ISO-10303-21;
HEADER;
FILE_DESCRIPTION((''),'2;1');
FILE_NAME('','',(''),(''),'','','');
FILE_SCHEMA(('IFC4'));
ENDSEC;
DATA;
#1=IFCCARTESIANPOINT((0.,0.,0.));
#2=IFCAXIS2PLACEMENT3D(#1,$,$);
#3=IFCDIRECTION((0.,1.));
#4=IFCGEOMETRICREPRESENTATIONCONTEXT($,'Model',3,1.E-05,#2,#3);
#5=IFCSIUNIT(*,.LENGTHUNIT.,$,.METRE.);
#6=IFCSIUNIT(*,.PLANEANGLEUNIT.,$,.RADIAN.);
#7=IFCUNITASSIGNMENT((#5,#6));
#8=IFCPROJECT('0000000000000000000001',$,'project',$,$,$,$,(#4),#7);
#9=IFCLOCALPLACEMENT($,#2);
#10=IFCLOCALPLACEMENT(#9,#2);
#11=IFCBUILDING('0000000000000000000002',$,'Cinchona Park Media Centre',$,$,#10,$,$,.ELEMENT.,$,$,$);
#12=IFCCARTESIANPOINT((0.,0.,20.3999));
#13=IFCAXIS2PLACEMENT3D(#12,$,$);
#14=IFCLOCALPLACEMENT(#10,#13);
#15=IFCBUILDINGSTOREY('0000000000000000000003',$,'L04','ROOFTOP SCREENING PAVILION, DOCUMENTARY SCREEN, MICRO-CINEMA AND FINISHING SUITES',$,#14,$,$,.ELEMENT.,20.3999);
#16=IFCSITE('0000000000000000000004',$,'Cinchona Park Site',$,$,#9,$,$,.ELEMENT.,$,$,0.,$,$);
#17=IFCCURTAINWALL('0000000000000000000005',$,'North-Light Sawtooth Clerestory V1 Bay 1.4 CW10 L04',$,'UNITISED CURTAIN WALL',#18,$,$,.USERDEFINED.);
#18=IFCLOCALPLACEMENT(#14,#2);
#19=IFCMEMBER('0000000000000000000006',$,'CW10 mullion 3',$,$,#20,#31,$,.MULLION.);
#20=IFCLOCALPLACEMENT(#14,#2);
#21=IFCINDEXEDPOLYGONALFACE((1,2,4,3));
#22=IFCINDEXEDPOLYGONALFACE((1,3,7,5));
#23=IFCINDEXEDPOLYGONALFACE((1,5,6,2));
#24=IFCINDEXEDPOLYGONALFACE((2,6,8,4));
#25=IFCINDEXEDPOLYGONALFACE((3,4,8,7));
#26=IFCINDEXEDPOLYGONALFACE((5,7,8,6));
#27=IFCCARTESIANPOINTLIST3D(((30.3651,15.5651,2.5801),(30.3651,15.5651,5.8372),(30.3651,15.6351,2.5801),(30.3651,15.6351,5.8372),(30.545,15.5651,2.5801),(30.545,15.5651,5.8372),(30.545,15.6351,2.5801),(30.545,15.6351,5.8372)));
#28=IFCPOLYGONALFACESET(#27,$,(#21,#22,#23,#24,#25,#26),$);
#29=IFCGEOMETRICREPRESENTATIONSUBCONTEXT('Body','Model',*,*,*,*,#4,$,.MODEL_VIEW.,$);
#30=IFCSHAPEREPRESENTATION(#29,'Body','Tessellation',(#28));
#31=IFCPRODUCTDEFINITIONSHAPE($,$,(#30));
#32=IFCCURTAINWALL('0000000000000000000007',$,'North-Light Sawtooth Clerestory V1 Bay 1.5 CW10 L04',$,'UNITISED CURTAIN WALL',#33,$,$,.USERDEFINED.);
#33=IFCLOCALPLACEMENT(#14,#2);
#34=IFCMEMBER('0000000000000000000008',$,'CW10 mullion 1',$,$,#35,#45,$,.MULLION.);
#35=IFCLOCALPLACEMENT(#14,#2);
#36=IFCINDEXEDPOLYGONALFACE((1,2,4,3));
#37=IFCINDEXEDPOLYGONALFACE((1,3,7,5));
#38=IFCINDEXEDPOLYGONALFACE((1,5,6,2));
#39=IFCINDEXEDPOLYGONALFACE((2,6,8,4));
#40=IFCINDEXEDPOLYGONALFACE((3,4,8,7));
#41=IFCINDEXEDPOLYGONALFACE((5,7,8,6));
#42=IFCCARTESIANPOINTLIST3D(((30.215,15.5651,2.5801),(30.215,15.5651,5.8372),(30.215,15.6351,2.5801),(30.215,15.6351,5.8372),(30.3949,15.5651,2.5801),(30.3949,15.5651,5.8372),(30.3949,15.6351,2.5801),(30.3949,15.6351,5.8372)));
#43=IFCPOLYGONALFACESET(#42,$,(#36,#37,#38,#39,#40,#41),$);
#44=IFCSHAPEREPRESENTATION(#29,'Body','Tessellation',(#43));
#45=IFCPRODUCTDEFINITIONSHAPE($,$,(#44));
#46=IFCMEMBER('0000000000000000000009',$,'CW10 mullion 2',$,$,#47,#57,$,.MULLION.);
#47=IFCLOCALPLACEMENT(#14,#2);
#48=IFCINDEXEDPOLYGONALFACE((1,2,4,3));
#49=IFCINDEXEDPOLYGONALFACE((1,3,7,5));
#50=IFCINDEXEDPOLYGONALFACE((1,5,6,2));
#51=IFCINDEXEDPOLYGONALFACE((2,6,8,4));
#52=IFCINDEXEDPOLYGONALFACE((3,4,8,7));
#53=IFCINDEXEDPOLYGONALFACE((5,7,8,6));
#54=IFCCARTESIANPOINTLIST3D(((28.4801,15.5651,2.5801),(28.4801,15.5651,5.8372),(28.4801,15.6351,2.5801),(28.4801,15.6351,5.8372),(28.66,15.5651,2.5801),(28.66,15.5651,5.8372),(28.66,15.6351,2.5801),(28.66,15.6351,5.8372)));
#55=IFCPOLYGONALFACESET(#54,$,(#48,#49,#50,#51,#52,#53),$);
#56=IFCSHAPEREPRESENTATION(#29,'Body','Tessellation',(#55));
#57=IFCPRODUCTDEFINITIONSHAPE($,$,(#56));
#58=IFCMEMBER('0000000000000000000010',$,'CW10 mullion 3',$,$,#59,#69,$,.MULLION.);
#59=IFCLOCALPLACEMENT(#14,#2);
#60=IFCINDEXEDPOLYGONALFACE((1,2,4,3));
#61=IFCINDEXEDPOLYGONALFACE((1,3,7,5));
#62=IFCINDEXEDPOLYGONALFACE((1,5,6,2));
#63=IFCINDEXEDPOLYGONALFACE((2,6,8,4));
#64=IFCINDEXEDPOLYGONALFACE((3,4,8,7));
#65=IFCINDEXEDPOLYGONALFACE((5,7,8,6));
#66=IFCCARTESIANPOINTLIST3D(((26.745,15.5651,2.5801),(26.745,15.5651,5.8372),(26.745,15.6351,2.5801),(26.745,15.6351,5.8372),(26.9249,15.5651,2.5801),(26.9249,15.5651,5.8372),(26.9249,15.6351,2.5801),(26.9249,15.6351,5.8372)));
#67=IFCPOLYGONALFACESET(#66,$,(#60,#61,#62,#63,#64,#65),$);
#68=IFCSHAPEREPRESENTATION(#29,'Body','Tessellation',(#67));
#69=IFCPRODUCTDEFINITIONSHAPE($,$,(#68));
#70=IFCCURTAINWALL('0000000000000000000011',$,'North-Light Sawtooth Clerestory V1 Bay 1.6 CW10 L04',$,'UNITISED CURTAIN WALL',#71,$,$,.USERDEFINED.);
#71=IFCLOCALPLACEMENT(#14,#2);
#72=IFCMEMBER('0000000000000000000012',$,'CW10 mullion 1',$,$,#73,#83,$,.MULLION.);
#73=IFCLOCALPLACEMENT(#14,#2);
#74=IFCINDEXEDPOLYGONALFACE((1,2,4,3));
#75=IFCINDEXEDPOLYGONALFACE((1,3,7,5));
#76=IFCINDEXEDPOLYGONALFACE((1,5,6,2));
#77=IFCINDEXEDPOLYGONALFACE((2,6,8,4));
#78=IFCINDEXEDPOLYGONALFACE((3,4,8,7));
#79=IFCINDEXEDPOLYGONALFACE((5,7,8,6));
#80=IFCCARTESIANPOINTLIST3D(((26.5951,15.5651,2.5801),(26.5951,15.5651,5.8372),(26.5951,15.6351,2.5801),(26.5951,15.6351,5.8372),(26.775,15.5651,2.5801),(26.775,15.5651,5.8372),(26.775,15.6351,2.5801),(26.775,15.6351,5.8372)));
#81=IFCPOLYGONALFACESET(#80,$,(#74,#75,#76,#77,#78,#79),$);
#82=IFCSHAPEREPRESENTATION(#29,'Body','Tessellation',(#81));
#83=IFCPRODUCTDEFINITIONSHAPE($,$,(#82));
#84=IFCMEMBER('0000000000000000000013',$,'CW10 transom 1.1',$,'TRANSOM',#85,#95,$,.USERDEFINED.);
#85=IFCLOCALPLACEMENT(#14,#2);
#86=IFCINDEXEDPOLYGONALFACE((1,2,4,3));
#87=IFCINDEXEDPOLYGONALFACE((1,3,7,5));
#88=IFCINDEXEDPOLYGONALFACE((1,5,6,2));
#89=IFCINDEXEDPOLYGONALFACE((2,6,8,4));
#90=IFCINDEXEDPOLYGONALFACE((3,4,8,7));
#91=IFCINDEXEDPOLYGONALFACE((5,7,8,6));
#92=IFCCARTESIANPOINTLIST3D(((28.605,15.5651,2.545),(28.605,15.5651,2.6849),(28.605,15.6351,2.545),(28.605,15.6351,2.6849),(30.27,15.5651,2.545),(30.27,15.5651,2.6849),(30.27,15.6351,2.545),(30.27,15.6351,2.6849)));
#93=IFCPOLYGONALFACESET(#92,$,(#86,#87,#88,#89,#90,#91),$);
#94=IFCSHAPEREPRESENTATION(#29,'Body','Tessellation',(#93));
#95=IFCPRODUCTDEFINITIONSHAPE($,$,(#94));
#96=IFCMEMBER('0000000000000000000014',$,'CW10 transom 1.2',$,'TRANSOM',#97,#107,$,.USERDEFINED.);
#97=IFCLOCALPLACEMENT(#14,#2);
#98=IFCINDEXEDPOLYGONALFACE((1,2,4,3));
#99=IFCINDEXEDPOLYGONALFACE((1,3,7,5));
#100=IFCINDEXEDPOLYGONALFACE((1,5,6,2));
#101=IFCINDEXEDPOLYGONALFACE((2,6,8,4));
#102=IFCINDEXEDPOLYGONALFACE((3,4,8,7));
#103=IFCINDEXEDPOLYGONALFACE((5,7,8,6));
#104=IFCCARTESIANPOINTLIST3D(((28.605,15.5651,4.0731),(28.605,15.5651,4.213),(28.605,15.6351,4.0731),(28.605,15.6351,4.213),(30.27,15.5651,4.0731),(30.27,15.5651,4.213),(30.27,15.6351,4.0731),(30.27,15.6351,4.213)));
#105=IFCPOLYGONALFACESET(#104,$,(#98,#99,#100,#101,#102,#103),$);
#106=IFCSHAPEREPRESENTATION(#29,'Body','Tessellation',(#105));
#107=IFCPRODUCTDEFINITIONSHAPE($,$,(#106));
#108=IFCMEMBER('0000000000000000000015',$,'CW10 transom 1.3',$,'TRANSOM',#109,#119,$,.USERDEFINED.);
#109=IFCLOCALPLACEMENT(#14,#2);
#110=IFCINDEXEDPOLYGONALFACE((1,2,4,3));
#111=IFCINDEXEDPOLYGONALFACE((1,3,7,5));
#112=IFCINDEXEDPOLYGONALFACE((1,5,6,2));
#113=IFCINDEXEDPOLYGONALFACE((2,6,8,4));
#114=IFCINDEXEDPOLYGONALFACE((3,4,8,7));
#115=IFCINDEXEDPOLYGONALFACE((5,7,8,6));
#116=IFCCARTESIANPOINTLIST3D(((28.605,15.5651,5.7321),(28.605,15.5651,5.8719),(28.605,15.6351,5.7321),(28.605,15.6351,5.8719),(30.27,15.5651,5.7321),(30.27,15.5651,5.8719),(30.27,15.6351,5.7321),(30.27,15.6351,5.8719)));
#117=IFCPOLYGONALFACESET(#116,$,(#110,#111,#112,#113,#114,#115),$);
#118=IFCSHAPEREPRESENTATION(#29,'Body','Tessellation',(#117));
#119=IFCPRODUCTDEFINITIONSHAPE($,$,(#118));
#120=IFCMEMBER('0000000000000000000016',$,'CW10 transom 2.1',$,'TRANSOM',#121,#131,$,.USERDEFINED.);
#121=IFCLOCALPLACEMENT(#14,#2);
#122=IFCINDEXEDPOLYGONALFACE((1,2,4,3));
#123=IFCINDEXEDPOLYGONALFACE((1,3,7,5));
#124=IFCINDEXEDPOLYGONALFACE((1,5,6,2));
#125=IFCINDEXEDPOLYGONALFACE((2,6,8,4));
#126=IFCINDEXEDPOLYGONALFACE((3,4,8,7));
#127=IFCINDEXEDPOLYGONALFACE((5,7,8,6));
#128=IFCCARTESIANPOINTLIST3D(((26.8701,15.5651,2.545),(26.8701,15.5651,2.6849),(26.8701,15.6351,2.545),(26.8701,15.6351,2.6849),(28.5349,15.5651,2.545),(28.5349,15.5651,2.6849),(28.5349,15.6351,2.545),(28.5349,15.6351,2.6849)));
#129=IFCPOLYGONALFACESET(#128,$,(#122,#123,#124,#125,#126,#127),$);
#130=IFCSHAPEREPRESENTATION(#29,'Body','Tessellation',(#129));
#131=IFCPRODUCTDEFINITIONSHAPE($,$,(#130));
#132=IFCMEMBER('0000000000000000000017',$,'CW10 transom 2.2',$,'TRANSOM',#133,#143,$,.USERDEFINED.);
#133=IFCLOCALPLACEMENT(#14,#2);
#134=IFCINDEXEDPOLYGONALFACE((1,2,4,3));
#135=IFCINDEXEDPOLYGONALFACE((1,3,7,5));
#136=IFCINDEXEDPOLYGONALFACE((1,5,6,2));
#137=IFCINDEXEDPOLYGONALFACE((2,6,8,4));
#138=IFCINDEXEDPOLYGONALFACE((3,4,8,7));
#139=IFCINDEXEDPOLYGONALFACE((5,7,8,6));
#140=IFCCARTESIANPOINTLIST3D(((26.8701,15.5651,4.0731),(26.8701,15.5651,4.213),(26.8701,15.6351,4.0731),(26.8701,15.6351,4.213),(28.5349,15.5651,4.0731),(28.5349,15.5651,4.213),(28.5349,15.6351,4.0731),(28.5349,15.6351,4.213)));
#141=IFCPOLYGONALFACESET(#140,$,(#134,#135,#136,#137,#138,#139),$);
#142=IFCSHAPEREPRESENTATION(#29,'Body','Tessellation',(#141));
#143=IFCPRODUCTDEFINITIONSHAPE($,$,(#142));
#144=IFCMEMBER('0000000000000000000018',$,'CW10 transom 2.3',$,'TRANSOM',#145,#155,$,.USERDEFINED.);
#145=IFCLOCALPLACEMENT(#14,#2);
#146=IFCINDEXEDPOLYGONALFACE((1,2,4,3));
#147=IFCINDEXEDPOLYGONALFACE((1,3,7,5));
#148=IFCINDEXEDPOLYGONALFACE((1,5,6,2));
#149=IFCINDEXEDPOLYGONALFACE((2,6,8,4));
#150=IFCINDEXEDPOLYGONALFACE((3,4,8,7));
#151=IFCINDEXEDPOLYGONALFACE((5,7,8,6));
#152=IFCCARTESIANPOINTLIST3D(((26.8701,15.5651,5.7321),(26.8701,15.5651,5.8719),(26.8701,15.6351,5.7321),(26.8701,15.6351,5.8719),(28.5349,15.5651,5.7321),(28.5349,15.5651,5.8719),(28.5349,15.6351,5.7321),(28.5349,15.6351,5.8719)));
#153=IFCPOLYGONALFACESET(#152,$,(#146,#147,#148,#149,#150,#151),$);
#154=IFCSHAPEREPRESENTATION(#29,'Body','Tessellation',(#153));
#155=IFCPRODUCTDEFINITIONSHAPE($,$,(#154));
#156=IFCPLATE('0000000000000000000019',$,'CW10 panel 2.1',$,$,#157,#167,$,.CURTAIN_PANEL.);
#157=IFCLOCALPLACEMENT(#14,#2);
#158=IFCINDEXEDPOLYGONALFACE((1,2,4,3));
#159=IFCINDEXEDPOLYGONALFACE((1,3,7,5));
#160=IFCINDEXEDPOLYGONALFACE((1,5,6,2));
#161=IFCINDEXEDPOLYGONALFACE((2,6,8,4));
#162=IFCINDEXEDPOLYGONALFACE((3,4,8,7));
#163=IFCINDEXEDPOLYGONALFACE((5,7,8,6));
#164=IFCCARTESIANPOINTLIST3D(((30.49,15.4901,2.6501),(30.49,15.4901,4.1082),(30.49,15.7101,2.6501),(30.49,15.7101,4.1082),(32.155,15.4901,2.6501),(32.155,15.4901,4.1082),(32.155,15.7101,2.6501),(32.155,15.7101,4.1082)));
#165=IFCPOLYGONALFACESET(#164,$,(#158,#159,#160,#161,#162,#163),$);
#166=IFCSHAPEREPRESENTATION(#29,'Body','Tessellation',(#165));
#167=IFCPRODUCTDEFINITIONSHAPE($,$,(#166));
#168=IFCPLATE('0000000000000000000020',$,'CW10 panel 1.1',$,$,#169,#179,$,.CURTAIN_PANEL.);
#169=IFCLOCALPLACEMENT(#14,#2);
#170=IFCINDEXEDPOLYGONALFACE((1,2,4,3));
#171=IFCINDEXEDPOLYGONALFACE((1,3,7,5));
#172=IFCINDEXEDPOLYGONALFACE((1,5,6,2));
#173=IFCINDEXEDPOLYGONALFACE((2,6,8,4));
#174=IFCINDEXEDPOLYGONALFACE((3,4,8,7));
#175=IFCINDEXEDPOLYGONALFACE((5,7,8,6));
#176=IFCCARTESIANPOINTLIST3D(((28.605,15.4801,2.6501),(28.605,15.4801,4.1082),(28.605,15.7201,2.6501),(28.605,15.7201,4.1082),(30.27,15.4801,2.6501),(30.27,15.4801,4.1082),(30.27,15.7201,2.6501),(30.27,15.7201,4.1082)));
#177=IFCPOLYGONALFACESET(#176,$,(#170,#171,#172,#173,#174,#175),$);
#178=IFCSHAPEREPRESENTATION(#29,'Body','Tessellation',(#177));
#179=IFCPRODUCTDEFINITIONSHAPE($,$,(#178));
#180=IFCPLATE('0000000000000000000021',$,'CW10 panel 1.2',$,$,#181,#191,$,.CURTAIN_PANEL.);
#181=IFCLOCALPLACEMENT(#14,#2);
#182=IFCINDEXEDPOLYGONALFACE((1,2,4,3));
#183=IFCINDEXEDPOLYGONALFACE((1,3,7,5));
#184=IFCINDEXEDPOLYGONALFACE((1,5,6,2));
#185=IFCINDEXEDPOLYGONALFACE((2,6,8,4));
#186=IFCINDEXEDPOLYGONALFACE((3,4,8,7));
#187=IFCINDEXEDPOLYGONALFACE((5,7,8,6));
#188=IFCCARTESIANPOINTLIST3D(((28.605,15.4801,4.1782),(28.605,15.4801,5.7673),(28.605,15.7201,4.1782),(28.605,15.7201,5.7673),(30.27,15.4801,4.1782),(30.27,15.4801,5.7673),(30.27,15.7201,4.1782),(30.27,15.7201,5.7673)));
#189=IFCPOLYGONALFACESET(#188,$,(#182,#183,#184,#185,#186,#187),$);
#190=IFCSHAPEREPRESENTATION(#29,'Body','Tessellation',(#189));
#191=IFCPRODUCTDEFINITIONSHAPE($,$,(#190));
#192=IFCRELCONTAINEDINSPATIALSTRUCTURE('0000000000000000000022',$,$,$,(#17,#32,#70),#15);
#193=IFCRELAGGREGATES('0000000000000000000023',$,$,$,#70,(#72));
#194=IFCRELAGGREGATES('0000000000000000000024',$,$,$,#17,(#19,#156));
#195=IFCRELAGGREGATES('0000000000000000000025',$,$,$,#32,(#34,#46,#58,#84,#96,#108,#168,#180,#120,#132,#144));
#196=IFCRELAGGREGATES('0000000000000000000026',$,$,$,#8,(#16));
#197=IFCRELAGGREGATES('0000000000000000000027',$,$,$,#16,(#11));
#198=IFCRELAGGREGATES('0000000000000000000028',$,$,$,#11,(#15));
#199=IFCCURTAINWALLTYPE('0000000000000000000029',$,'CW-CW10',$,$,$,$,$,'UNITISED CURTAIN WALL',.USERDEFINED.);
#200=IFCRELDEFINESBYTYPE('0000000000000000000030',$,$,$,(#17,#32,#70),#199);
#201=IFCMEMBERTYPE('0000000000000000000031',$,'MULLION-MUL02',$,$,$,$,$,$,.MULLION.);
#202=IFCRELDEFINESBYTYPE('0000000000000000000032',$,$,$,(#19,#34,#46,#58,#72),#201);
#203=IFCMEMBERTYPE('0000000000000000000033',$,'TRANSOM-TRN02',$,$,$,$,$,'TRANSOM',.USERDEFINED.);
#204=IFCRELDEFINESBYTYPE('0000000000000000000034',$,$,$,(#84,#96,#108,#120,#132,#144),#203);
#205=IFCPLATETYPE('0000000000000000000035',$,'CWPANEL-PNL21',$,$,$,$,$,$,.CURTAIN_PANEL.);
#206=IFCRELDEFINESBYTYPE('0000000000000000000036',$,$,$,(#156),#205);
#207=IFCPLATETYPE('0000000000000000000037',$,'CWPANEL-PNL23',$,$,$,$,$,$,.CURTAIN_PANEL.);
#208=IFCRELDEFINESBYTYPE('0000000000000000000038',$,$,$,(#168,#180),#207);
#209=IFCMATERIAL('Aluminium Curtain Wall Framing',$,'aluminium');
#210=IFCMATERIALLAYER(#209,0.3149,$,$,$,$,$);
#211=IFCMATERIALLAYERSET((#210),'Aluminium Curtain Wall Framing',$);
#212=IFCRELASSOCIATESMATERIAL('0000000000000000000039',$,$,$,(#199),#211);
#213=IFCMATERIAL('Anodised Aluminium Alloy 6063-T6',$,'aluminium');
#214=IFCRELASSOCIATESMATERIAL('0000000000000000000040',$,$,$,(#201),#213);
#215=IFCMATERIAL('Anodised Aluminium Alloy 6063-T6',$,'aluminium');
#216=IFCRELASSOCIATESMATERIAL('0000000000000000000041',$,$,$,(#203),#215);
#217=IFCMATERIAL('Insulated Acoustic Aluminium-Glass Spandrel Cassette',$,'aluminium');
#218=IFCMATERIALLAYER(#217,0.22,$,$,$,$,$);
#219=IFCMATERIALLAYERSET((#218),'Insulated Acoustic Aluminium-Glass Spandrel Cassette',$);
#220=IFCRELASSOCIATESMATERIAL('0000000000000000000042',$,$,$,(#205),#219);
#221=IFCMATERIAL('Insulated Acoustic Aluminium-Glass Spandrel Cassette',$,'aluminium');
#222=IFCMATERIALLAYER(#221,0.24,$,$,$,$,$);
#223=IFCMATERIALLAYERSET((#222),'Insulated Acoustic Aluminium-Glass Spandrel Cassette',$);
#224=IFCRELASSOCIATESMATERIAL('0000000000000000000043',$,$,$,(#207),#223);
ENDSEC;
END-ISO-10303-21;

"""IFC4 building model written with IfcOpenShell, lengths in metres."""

from ifc_helpers import new_model, si_unit, direction, frame, origin, origin_2d, place, context, subcontext, project, spatial, rectangle, extrude, material, layer, layer_set, material_profile, profile_set, type_object, element, aggregate, save


model = new_model("IFC4")

# Units and contexts
model_context = context("Model", 3, precision=1e-05, world=origin(), true_north=direction((0.0, 1.0)))
body_context = subcontext(model_context, "Body", "Model", "MODEL_VIEW")
ifc_project = project(units=[si_unit("LENGTHUNIT", "METRE"), si_unit("PLANEANGLEUNIT", "RADIAN")], contexts=[model_context])

# Site, building, storey
site_placement = place(None, origin())
site = spatial("IfcSite", under=ifc_project, at=site_placement, Name="Cinchona Park Site", CompositionType="ELEMENT", RefElevation=0.0)
building_placement = place(site_placement, origin())
building = spatial("IfcBuilding", under=site, at=building_placement, Name="Cinchona Park Media Centre", CompositionType="ELEMENT")
storey_placement = place(building_placement, frame((0.0, 0.0, 20.3999)))
storey = spatial("IfcBuildingStorey", under=building, at=storey_placement, Name="L04", Description="ROOFTOP SCREENING PAVILION, DOCUMENTARY SCREEN, MICRO-CINEMA AND FINISHING SUITES", CompositionType="ELEMENT", Elevation=20.3999)

# Curtain wall, member
ifc_material_1 = material(Name="Aluminium Curtain Wall Framing", Category="aluminium")
ifc_layer_1 = layer(ifc_material_1, 0.3149)
ifc_layer_set_1 = layer_set([ifc_layer_1], Name="Aluminium Curtain Wall Framing")
curtain_wall_type = type_object("IfcCurtainWallType", Name="CW-CW10", ElementType="UNITISED CURTAIN WALL", PredefinedType="USERDEFINED", material=ifc_layer_set_1)
curtain_wall_1_placement = place(storey_placement, origin())
curtain_wall_1 = element("IfcCurtainWall", 1, at=curtain_wall_1_placement, inside=storey, type_object=curtain_wall_type, Name="North-Light Sawtooth Clerestory V1 Bay 1.4 CW10 L04", ObjectType="UNITISED CURTAIN WALL", PredefinedType="USERDEFINED")
ifc_material_2 = material(Name="Anodised Aluminium Alloy 6063-T6", Category="aluminium")
ifc_material_profile_1 = material_profile(ifc_material_2, rectangle(XDim=0.0701, YDim=0.1799, at=origin_2d()), Name="MUL-70X180")
ifc_profile_set_1 = profile_set([ifc_material_profile_1], Name="Anodised Aluminium Alloy 6063-T6")
member_type_1 = type_object("IfcMemberType", Name="MULLION-MUL02", PredefinedType="MULLION", material=ifc_profile_set_1)
member_1_placement = place(storey_placement, frame((30.4551, 15.6001, 2.5801), z_axis=(0.0, 0.0, 1.0), x_axis=(0.0, -1.0, 0.0)))
member_1 = element("IfcMember", 2, at=member_1_placement, type_object=member_type_1, Name="CW10 mullion 3", PredefinedType="MULLION", context=body_context, shape_type="SweptSolid", body=[
    extrude(rectangle(XDim=0.0701, YDim=0.1799, at=origin_2d()), origin(), (0.0, 0.0, 1.0), 3.2571),
])

# Curtain wall, members
curtain_wall_2_placement = place(storey_placement, origin())
curtain_wall_2 = element("IfcCurtainWall", 3, at=curtain_wall_2_placement, inside=storey, type_object=curtain_wall_type, Name="North-Light Sawtooth Clerestory V1 Bay 1.5 CW10 L04", ObjectType="UNITISED CURTAIN WALL", PredefinedType="USERDEFINED")
member_2_placement = place(storey_placement, frame((30.3049, 15.6001, 2.5801), z_axis=(0.0, 0.0, 1.0), x_axis=(0.0, -1.0, 0.0)))
member_2 = element("IfcMember", 4, at=member_2_placement, type_object=member_type_1, Name="CW10 mullion 1", PredefinedType="MULLION", context=body_context, shape_type="SweptSolid", body=[
    extrude(rectangle(XDim=0.0701, YDim=0.1799, at=origin_2d()), origin(), (0.0, 0.0, 1.0), 3.2571),
])
member_3_placement = place(storey_placement, frame((28.5701, 15.6001, 2.5801), z_axis=(0.0, 0.0, 1.0), x_axis=(0.0, -1.0, 0.0)))
member_3 = element("IfcMember", 5, at=member_3_placement, type_object=member_type_1, Name="CW10 mullion 2", PredefinedType="MULLION", context=body_context, shape_type="SweptSolid", body=[
    extrude(rectangle(XDim=0.0701, YDim=0.1799, at=origin_2d()), origin(), (0.0, 0.0, 1.0), 3.2571),
])
member_4_placement = place(storey_placement, frame((26.835, 15.6001, 2.5801), z_axis=(0.0, 0.0, 1.0), x_axis=(0.0, -1.0, 0.0)))
member_4 = element("IfcMember", 6, at=member_4_placement, type_object=member_type_1, Name="CW10 mullion 3", PredefinedType="MULLION", context=body_context, shape_type="SweptSolid", body=[
    extrude(rectangle(XDim=0.0701, YDim=0.1799, at=origin_2d()), origin(), (0.0, 0.0, 1.0), 3.2571),
])

# Curtain wall, member
curtain_wall_3_placement = place(storey_placement, origin())
curtain_wall_3 = element("IfcCurtainWall", 7, at=curtain_wall_3_placement, inside=storey, type_object=curtain_wall_type, Name="North-Light Sawtooth Clerestory V1 Bay 1.6 CW10 L04", ObjectType="UNITISED CURTAIN WALL", PredefinedType="USERDEFINED")
member_5_placement = place(storey_placement, frame((26.6851, 15.6001, 2.5801), z_axis=(0.0, 0.0, 1.0), x_axis=(0.0, -1.0, 0.0)))
member_5 = element("IfcMember", 8, at=member_5_placement, type_object=member_type_1, Name="CW10 mullion 1", PredefinedType="MULLION", context=body_context, shape_type="SweptSolid", body=[
    extrude(rectangle(XDim=0.0701, YDim=0.1799, at=origin_2d()), origin(), (0.0, 0.0, 1.0), 3.2571),
])
aggregate(curtain_wall_3, [member_5])

# Members
ifc_material_3 = material(Name="Anodised Aluminium Alloy 6063-T6", Category="aluminium")
ifc_material_profile_2 = material_profile(ifc_material_3, rectangle(XDim=0.0701, YDim=0.1399, at=origin_2d()), Name="TRN-70X140")
ifc_profile_set_2 = profile_set([ifc_material_profile_2], Name="Anodised Aluminium Alloy 6063-T6")
member_type_2 = type_object("IfcMemberType", Name="TRANSOM-TRN02", ElementType="TRANSOM", PredefinedType="USERDEFINED", material=ifc_profile_set_2)
member_6_placement = place(storey_placement, frame((30.27, 15.6001, 2.615), z_axis=(-1.0, 0.0, 0.0), x_axis=(0.0, -1.0, 0.0)))
member_6 = element("IfcMember", 9, at=member_6_placement, type_object=member_type_2, Name="CW10 transom 1.1", ObjectType="TRANSOM", PredefinedType="USERDEFINED", context=body_context, shape_type="SweptSolid", body=[
    extrude(rectangle(XDim=0.0701, YDim=0.1399, at=origin_2d()), origin(), (0.0, 0.0, 1.0), 1.665),
])
member_7_placement = place(storey_placement, frame((30.27, 15.6001, 4.1431), z_axis=(-1.0, 0.0, 0.0), x_axis=(0.0, -1.0, 0.0)))
member_7 = element("IfcMember", 10, at=member_7_placement, type_object=member_type_2, Name="CW10 transom 1.2", ObjectType="TRANSOM", PredefinedType="USERDEFINED", context=body_context, shape_type="SweptSolid", body=[
    extrude(rectangle(XDim=0.0701, YDim=0.1399, at=origin_2d()), origin(), (0.0, 0.0, 1.0), 1.665),
])
member_8_placement = place(storey_placement, frame((30.27, 15.6001, 5.802), z_axis=(-1.0, 0.0, 0.0), x_axis=(0.0, -1.0, 0.0)))
member_8 = element("IfcMember", 11, at=member_8_placement, type_object=member_type_2, Name="CW10 transom 1.3", ObjectType="TRANSOM", PredefinedType="USERDEFINED", context=body_context, shape_type="SweptSolid", body=[
    extrude(rectangle(XDim=0.0701, YDim=0.1399, at=origin_2d()), origin(), (0.0, 0.0, 1.0), 1.665),
])
member_9_placement = place(storey_placement, frame((28.5349, 15.6001, 2.615), z_axis=(-1.0, 0.0, 0.0), x_axis=(0.0, -1.0, 0.0)))
member_9 = element("IfcMember", 12, at=member_9_placement, type_object=member_type_2, Name="CW10 transom 2.1", ObjectType="TRANSOM", PredefinedType="USERDEFINED", context=body_context, shape_type="SweptSolid", body=[
    extrude(rectangle(XDim=0.0701, YDim=0.1399, at=origin_2d()), origin(), (0.0, 0.0, 1.0), 1.6648),
])
member_10_placement = place(storey_placement, frame((28.5349, 15.6001, 4.1431), z_axis=(-1.0, 0.0, 0.0), x_axis=(0.0, -1.0, 0.0)))
member_10 = element("IfcMember", 13, at=member_10_placement, type_object=member_type_2, Name="CW10 transom 2.2", ObjectType="TRANSOM", PredefinedType="USERDEFINED", context=body_context, shape_type="SweptSolid", body=[
    extrude(rectangle(XDim=0.0701, YDim=0.1399, at=origin_2d()), origin(), (0.0, 0.0, 1.0), 1.6648),
])
member_11_placement = place(storey_placement, frame((28.5349, 15.6001, 5.802), z_axis=(-1.0, 0.0, 0.0), x_axis=(0.0, -1.0, 0.0)))
member_11 = element("IfcMember", 14, at=member_11_placement, type_object=member_type_2, Name="CW10 transom 2.3", ObjectType="TRANSOM", PredefinedType="USERDEFINED", context=body_context, shape_type="SweptSolid", body=[
    extrude(rectangle(XDim=0.0701, YDim=0.1399, at=origin_2d()), origin(), (0.0, 0.0, 1.0), 1.6648),
])

# Plates
ifc_material_4 = material(Name="Insulated Acoustic Aluminium-Glass Spandrel Cassette", Category="aluminium")
ifc_layer_2 = layer(ifc_material_4, 0.22)
ifc_layer_set_2 = layer_set([ifc_layer_2], Name="Insulated Acoustic Aluminium-Glass Spandrel Cassette")
plate_type_1 = type_object("IfcPlateType", Name="CWPANEL-PNL21", PredefinedType="CURTAIN_PANEL", material=ifc_layer_set_2)
plate_1_placement = place(storey_placement, frame((31.3225, 15.6001, 2.6501), z_axis=(0.0, 0.0, 1.0), x_axis=(-1.0, 0.0, 0.0)))
plate_1 = element("IfcPlate", 15, at=plate_1_placement, type_object=plate_type_1, Name="CW10 panel 2.1", PredefinedType="CURTAIN_PANEL", context=body_context, shape_type="SweptSolid", body=[
    extrude(rectangle(XDim=1.665, YDim=0.22, at=origin_2d()), origin(), (0.0, 0.0, 1.0), 1.458),
])
aggregate(curtain_wall_1, [member_1, plate_1])
ifc_material_5 = material(Name="Insulated Acoustic Aluminium-Glass Spandrel Cassette", Category="aluminium")
ifc_layer_3 = layer(ifc_material_5, 0.24)
ifc_layer_set_3 = layer_set([ifc_layer_3], Name="Insulated Acoustic Aluminium-Glass Spandrel Cassette")
plate_type_2 = type_object("IfcPlateType", Name="CWPANEL-PNL23", PredefinedType="CURTAIN_PANEL", material=ifc_layer_set_3)
plate_2_placement = place(storey_placement, frame((29.4375, 15.6001, 2.6501), z_axis=(0.0, 0.0, 1.0), x_axis=(-1.0, 0.0, 0.0)))
plate_2 = element("IfcPlate", 16, at=plate_2_placement, type_object=plate_type_2, Name="CW10 panel 1.1", PredefinedType="CURTAIN_PANEL", context=body_context, shape_type="SweptSolid", body=[
    extrude(rectangle(XDim=1.665, YDim=0.24, at=origin_2d()), origin(), (0.0, 0.0, 1.0), 1.458),
])
plate_3_placement = place(storey_placement, frame((29.4375, 15.6001, 4.1782), z_axis=(0.0, 0.0, 1.0), x_axis=(-1.0, 0.0, 0.0)))
plate_3 = element("IfcPlate", 17, at=plate_3_placement, type_object=plate_type_2, Name="CW10 panel 1.2", PredefinedType="CURTAIN_PANEL", context=body_context, shape_type="SweptSolid", body=[
    extrude(rectangle(XDim=1.665, YDim=0.24, at=origin_2d()), origin(), (0.0, 0.0, 1.0), 1.5891),
])
aggregate(curtain_wall_2, [member_2, member_3, member_4, member_6, member_7, member_8, plate_2, plate_3, member_9, member_10, member_11])

save(model, "model.ifc")
